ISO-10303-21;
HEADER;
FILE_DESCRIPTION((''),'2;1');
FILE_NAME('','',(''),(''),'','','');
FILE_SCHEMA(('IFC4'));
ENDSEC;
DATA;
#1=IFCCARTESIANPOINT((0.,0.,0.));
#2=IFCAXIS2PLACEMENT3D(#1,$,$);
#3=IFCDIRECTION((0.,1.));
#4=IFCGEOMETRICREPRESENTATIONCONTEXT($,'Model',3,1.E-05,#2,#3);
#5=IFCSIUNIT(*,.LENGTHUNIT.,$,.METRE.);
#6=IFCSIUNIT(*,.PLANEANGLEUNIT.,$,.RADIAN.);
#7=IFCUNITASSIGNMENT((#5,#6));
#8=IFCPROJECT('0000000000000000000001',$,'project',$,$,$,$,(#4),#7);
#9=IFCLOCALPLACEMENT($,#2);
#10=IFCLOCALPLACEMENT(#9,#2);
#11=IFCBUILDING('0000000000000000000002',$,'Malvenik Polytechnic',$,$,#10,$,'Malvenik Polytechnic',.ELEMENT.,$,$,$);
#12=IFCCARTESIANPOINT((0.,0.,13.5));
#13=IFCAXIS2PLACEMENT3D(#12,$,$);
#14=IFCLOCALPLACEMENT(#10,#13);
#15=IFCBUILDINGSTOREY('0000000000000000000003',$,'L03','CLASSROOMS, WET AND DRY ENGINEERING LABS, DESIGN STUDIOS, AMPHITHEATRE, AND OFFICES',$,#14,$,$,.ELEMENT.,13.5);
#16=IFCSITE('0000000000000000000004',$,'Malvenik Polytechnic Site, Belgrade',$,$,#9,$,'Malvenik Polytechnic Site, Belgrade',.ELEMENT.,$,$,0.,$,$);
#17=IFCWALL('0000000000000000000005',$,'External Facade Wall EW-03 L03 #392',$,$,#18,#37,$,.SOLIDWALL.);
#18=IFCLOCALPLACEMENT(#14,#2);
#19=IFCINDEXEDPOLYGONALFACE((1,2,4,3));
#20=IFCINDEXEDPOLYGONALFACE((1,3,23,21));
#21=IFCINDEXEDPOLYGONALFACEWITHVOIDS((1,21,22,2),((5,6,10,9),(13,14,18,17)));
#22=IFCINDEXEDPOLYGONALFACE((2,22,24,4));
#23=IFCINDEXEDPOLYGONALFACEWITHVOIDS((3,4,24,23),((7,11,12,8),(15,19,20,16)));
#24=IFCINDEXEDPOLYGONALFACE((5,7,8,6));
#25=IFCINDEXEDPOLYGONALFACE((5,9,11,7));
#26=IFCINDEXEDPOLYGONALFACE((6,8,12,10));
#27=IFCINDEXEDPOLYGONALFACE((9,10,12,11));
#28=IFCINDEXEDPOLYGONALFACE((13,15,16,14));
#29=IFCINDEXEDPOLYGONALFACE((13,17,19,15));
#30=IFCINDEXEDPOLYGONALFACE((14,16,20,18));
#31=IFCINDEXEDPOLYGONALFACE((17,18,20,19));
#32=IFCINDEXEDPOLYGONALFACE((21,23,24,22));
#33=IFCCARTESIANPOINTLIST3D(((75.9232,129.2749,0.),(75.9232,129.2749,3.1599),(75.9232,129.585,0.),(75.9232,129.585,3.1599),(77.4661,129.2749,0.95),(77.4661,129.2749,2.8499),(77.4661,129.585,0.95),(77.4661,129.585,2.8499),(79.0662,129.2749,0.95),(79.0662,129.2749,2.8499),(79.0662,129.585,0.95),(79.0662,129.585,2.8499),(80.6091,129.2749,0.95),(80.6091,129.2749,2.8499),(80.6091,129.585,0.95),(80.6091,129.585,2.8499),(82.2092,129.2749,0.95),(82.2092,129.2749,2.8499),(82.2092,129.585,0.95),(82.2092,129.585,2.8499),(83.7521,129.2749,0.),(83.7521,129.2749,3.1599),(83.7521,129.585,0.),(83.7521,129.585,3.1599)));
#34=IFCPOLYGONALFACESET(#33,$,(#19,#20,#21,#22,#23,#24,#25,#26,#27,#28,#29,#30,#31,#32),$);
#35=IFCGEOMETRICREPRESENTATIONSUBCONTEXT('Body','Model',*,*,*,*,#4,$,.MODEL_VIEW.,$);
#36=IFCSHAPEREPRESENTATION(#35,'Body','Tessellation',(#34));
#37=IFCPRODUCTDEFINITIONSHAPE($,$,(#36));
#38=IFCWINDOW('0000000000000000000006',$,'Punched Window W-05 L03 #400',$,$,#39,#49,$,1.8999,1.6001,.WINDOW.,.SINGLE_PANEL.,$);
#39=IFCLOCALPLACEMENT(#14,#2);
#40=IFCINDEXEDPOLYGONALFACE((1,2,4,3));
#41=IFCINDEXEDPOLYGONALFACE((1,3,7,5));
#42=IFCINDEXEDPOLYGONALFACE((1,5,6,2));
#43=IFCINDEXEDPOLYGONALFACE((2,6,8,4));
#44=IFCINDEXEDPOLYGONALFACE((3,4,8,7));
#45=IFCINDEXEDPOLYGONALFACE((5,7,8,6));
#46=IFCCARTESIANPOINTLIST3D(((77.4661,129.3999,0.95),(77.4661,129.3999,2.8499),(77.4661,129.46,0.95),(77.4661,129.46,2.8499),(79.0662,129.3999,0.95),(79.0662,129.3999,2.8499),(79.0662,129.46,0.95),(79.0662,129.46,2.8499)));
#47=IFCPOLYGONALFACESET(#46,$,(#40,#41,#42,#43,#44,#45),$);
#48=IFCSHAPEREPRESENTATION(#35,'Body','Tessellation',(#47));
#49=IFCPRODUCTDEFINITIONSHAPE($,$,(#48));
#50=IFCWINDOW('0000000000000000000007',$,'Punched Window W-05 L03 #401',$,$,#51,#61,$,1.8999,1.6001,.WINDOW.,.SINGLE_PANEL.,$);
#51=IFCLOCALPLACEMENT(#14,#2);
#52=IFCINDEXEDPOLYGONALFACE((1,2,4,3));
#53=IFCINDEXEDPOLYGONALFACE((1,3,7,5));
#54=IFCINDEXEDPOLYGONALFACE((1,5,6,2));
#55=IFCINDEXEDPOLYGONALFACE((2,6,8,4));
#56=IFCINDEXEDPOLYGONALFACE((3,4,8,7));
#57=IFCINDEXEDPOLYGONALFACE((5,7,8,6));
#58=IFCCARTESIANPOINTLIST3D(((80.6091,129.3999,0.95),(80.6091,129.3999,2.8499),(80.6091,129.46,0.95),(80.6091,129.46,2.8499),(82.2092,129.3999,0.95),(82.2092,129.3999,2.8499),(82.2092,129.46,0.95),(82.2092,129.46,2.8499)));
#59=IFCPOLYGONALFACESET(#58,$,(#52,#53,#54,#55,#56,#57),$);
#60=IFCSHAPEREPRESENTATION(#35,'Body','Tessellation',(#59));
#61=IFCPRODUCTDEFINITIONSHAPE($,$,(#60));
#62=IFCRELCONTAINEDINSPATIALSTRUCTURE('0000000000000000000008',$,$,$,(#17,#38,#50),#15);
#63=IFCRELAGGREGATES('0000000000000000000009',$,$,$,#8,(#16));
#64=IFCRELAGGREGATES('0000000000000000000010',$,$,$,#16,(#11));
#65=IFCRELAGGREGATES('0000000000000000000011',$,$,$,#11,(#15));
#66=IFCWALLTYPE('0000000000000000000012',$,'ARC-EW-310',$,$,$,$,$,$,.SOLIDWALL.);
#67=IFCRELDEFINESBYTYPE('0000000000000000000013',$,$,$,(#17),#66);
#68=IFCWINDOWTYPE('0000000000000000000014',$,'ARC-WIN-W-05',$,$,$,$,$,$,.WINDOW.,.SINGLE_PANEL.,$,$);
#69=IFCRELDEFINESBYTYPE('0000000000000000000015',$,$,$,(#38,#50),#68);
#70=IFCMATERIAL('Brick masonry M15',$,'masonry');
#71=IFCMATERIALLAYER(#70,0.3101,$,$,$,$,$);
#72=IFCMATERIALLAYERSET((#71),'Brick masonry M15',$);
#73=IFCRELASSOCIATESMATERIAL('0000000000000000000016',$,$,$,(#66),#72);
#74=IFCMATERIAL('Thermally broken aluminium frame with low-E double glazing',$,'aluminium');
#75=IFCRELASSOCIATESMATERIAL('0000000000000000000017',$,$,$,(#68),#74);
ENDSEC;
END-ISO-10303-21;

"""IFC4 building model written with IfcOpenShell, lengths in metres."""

from ifc_helpers import new_model, si_unit, direction, frame, frame_2d, origin, place, context, subcontext, project, spatial, rectangle, extrude, material, layer, layer_set, type_object, element, fill, save


model = new_model("IFC4")

# Units and contexts
model_context = context("Model", 3, precision=1e-05, world=origin(), true_north=direction((0.0, 1.0)))
body_context = subcontext(model_context, "Body", "Model", "MODEL_VIEW")
ifc_project = project(units=[si_unit("LENGTHUNIT", "METRE"), si_unit("PLANEANGLEUNIT", "RADIAN")], contexts=[model_context])

# Site, building, storey
site_placement = place(None, origin())
site = spatial("IfcSite", under=ifc_project, at=site_placement, Name="Malvenik Polytechnic Site, Belgrade", LongName="Malvenik Polytechnic Site, Belgrade", CompositionType="ELEMENT", RefElevation=0.0)
building_placement = place(site_placement, origin())
building = spatial("IfcBuilding", under=site, at=building_placement, Name="Malvenik Polytechnic", LongName="Malvenik Polytechnic", CompositionType="ELEMENT")
storey_placement = place(building_placement, frame((0.0, 0.0, 13.5)))
storey = spatial("IfcBuildingStorey", under=building, at=storey_placement, Name="L03", Description="CLASSROOMS, WET AND DRY ENGINEERING LABS, DESIGN STUDIOS, AMPHITHEATRE, AND OFFICES", CompositionType="ELEMENT", Elevation=13.5)

# Wall, openings, windows
ifc_material_1 = material(Name="Brick masonry M15", Category="masonry")
ifc_layer_1 = layer(ifc_material_1, 0.3101)
ifc_layer_set_1 = layer_set([ifc_layer_1], Name="Brick masonry M15")
wall_type = type_object("IfcWallType", Name="ARC-EW-310", PredefinedType="SOLIDWALL", material=ifc_layer_set_1)
wall_placement = place(storey_placement, frame((75.9231, 129.4299, 0.0), z_axis=(0.0, 0.0, 1.0), x_axis=(1.0, 0.0, 0.0)))
wall = element("IfcWall", 1, at=wall_placement, inside=storey, type_object=wall_type, Name="External Facade Wall EW-03 L03 #392", PredefinedType="SOLIDWALL", context=body_context, shape_type="SweptSolid", body=[
    extrude(rectangle(XDim=7.8289, YDim=0.3101, at=frame_2d((3.9146, 0.0))), origin(), (0.0, 0.0, 1.0), 3.1599),
])
opening_1_placement = place(wall_placement, frame((1.543, 0.0, 0.95)))
opening_1 = element("IfcOpeningElement", 2, at=opening_1_placement, cuts=wall, PredefinedType="OPENING", context=body_context, shape_type="SweptSolid", body=[
    extrude(rectangle(XDim=1.6001, YDim=1.8999, at=frame_2d((0.8, 0.95))), frame((0.0, 0.165, 0.0), z_axis=(0.0, -1.0, 0.0), x_axis=(1.0, 0.0, 0.0)), (0.0, 0.0, 1.0), 0.3301),
])
opening_2_placement = place(wall_placement, frame((4.686, 0.0, 0.95)))
opening_2 = element("IfcOpeningElement", 3, at=opening_2_placement, cuts=wall, PredefinedType="OPENING", context=body_context, shape_type="SweptSolid", body=[
    extrude(rectangle(XDim=1.6001, YDim=1.8999, at=frame_2d((0.8, 0.95))), frame((0.0, 0.165, 0.0), z_axis=(0.0, -1.0, 0.0), x_axis=(1.0, 0.0, 0.0)), (0.0, 0.0, 1.0), 0.3301),
])
ifc_material_2 = material(Name="Thermally broken aluminium frame with low-E double glazing", Category="aluminium")
window_type = type_object("IfcWindowType", Name="ARC-WIN-W-05", PartitioningType="SINGLE_PANEL", PredefinedType="WINDOW", material=ifc_material_2)
window_1_placement = place(opening_1_placement, origin())
window_1 = element("IfcWindow", 4, at=window_1_placement, inside=storey, type_object=window_type, Name="Punched Window W-05 L03 #400", OverallHeight=1.8999, OverallWidth=1.6001, PartitioningType="SINGLE_PANEL", PredefinedType="WINDOW", context=body_context, shape_type="SweptSolid", body=[
    extrude(rectangle(XDim=1.6001, YDim=1.8999, at=frame_2d((0.8, 0.95))), frame((0.0, 0.03, 0.0), z_axis=(0.0, -1.0, 0.0), x_axis=(1.0, 0.0, 0.0)), (0.0, 0.0, 1.0), 0.0601),
])
fill(opening_1, window_1)
window_2_placement = place(opening_2_placement, origin())
window_2 = element("IfcWindow", 5, at=window_2_placement, inside=storey, type_object=window_type, Name="Punched Window W-05 L03 #401", OverallHeight=1.8999, OverallWidth=1.6001, PartitioningType="SINGLE_PANEL", PredefinedType="WINDOW", context=body_context, shape_type="SweptSolid", body=[
    extrude(rectangle(XDim=1.6001, YDim=1.8999, at=frame_2d((0.8, 0.95))), frame((0.0, 0.03, 0.0), z_axis=(0.0, -1.0, 0.0), x_axis=(1.0, 0.0, 0.0)), (0.0, 0.0, 1.0), 0.0601),
])
fill(opening_2, window_2)

save(model, "model.ifc")
